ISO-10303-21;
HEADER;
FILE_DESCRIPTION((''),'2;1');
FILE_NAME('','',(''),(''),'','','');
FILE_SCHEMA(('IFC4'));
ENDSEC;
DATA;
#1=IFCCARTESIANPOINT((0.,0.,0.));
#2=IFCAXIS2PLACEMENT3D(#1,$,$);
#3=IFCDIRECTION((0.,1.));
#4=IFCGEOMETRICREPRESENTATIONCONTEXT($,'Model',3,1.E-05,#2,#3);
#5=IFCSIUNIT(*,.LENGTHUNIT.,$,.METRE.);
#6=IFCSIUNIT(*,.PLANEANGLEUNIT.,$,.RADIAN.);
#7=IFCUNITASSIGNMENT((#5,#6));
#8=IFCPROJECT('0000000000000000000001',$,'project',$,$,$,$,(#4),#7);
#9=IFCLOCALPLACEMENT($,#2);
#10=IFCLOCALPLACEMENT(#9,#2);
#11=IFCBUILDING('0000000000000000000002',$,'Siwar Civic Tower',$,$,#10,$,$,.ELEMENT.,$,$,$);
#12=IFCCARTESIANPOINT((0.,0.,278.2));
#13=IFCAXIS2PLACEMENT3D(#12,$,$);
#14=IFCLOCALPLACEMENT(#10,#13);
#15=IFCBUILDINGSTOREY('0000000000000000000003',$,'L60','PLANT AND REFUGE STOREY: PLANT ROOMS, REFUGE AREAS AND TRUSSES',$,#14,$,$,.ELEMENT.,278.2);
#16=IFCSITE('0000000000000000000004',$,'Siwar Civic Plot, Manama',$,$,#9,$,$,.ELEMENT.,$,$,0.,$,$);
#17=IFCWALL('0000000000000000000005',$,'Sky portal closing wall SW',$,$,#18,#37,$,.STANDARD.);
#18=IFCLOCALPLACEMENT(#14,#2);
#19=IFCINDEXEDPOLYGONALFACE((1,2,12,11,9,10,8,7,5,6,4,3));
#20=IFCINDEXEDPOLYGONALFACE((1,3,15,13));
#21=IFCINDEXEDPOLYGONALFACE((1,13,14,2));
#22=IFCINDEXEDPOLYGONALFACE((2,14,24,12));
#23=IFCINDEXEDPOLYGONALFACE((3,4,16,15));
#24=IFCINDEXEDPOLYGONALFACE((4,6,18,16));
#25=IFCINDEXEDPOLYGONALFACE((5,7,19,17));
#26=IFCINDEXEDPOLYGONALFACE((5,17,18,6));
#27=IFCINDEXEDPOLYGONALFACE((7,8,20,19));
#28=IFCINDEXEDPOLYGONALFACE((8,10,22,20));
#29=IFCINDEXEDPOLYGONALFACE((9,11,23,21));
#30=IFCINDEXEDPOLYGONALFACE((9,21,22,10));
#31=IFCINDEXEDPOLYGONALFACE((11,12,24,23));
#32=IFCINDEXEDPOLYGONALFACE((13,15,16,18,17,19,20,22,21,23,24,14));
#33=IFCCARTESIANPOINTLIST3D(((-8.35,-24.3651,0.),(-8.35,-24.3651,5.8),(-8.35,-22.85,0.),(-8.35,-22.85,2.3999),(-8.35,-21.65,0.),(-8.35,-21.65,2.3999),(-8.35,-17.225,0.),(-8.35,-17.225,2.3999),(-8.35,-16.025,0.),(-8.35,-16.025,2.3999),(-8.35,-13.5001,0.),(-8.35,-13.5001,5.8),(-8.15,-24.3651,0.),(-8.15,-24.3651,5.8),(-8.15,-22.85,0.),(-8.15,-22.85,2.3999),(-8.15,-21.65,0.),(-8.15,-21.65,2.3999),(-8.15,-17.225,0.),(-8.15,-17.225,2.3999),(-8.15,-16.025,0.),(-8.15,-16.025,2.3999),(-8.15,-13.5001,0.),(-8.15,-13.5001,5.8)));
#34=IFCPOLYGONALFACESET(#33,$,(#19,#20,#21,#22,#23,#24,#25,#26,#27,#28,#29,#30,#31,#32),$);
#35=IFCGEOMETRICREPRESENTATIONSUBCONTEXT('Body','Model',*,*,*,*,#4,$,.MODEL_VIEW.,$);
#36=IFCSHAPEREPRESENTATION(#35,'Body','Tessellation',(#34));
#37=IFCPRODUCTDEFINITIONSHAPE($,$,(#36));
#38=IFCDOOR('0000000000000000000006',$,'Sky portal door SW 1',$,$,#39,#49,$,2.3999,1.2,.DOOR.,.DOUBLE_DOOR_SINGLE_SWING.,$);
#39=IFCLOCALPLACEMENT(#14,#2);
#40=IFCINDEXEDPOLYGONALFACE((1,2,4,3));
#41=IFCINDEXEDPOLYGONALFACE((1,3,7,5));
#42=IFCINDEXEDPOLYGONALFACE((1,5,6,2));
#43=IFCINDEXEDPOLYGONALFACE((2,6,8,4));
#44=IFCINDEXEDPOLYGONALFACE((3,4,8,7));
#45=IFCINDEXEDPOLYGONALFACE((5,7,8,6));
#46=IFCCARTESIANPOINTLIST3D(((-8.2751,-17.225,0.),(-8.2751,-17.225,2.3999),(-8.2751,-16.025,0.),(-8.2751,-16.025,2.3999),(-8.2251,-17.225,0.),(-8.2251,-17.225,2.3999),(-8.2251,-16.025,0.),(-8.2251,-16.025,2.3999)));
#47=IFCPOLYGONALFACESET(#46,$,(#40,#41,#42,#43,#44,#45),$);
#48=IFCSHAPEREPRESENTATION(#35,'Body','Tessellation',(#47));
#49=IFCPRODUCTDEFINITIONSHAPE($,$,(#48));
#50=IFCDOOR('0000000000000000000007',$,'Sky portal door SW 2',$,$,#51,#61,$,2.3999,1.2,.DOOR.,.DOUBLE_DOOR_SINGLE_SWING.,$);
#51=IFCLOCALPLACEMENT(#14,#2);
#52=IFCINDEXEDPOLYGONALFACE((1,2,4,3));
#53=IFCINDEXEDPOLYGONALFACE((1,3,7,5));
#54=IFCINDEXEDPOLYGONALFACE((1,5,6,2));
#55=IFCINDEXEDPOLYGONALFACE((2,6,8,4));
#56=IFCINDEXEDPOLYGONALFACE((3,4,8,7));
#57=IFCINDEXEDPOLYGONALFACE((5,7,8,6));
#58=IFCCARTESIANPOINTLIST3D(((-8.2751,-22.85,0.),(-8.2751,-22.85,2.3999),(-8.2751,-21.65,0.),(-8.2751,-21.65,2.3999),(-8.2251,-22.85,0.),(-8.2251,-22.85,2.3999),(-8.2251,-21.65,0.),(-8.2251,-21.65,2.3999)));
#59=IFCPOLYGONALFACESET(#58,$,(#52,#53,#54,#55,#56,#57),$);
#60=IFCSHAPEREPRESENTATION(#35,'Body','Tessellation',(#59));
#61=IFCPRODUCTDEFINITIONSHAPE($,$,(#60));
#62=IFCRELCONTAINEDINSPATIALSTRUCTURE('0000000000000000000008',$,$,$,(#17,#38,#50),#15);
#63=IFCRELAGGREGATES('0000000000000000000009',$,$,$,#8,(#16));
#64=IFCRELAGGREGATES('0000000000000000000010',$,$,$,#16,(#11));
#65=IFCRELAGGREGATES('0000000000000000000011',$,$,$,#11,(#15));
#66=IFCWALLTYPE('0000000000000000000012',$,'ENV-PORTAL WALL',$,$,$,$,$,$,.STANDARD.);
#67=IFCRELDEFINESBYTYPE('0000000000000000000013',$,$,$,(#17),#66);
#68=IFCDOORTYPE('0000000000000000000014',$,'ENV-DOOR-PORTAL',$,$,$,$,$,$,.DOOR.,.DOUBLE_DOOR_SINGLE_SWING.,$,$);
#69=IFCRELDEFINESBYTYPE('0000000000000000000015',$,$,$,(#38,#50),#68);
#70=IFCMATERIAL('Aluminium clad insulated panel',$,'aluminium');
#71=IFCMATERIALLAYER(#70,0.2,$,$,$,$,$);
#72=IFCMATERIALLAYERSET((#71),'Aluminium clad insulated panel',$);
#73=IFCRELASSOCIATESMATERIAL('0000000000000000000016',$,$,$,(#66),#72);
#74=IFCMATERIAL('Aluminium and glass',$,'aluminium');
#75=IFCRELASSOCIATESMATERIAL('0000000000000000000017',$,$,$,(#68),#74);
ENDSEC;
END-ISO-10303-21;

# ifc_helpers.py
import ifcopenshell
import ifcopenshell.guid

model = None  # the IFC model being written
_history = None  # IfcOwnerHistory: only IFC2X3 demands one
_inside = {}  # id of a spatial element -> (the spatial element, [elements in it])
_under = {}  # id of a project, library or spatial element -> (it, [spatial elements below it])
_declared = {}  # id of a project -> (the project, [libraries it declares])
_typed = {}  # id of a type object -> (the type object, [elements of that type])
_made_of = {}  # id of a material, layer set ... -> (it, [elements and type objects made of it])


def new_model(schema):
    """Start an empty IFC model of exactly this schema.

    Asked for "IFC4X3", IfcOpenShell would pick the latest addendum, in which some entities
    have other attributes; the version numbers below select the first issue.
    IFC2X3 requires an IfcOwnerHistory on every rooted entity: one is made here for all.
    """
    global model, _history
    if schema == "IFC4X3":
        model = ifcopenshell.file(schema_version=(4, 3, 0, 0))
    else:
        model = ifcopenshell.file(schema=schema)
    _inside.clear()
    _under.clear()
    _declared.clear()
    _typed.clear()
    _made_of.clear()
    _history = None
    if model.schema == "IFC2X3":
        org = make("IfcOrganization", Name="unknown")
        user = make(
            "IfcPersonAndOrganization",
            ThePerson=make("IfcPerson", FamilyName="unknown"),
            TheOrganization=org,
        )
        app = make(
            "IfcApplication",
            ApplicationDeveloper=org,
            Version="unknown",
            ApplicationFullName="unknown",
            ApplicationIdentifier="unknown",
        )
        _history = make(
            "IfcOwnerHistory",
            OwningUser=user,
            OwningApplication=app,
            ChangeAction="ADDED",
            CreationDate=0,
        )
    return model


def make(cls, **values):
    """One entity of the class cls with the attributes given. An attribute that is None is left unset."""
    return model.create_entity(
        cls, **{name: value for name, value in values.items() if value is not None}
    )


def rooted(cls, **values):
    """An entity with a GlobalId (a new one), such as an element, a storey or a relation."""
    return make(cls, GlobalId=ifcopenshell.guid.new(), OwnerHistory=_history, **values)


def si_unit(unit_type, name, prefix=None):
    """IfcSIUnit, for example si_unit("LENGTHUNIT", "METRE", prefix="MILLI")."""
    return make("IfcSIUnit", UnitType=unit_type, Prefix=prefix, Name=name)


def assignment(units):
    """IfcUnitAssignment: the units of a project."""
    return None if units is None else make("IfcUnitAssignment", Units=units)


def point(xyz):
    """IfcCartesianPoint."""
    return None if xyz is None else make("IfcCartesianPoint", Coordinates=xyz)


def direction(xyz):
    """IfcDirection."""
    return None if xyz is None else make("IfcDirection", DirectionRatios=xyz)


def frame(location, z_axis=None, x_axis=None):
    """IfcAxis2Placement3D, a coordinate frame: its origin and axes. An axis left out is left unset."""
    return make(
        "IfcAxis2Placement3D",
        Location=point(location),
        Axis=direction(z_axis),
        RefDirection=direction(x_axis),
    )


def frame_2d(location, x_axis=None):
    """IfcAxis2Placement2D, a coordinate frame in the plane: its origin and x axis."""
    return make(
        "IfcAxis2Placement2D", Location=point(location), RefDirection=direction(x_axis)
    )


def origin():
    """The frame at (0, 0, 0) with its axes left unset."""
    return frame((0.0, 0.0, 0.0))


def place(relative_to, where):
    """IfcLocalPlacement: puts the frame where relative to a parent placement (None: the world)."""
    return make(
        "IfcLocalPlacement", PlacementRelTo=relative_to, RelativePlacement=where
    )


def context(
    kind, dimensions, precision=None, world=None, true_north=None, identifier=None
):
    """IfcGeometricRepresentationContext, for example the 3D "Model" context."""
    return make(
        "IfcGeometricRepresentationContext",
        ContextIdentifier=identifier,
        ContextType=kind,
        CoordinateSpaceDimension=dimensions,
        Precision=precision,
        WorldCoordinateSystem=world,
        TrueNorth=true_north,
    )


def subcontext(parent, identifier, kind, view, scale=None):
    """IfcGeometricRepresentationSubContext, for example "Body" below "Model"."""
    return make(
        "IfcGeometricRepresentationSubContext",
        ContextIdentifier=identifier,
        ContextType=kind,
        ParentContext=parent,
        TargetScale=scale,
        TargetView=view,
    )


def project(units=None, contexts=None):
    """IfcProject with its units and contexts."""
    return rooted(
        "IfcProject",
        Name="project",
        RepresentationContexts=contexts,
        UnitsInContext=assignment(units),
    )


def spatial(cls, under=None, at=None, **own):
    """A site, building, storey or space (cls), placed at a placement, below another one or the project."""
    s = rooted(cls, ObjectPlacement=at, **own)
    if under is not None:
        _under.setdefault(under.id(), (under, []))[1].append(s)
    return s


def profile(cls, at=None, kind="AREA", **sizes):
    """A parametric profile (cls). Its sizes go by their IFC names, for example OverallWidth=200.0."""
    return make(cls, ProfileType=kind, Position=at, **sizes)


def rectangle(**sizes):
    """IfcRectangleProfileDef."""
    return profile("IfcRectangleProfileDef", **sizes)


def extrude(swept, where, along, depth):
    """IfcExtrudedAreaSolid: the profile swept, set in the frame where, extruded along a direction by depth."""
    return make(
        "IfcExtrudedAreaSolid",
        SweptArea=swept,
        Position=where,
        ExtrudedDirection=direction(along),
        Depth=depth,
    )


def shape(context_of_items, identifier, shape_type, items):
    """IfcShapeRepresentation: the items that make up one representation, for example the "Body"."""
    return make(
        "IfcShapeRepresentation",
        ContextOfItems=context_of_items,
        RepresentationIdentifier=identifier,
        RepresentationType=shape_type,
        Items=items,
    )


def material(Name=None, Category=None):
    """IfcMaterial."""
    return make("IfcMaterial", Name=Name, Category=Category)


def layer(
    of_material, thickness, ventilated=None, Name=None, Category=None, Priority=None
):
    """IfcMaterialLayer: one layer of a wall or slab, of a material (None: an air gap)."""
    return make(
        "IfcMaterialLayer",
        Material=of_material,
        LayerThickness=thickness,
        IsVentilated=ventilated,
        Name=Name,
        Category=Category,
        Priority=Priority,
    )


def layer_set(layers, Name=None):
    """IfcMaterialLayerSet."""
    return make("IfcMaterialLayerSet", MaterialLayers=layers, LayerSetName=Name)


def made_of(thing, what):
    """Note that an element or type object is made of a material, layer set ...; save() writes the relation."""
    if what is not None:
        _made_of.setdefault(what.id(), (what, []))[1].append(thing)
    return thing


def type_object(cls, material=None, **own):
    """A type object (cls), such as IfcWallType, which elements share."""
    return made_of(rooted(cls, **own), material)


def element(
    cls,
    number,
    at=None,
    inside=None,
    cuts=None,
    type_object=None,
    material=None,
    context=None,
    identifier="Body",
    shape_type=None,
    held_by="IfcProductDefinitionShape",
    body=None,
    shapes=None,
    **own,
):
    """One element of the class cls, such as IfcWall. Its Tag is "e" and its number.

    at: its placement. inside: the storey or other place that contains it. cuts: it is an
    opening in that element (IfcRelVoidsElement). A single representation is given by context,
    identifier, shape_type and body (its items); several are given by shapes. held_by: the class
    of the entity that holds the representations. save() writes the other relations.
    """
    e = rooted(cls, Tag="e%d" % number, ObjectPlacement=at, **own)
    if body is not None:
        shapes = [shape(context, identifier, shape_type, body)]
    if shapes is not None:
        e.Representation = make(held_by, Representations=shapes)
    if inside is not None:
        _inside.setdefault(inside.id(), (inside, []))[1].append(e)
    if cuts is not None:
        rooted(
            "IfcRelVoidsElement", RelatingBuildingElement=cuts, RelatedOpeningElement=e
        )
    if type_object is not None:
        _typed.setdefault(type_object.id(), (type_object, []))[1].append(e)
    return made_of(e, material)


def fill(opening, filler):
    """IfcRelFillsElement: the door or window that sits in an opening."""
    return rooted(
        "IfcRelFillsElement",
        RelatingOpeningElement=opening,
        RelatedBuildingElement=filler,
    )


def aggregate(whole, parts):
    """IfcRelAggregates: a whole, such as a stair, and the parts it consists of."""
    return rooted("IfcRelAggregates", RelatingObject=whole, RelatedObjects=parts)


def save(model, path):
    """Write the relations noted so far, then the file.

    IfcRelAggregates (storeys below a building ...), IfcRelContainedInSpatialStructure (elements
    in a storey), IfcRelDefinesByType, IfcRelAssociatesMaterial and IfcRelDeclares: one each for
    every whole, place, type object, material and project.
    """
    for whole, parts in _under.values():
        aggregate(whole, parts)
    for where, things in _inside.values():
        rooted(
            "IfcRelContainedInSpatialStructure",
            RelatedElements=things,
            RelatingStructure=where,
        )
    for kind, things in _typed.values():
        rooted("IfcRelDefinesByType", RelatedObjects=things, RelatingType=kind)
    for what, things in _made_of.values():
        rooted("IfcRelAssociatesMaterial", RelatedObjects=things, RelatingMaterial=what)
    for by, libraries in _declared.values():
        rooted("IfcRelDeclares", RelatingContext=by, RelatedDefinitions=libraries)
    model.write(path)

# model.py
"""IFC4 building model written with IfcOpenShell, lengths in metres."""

from ifc_helpers import new_model, si_unit, direction, frame, frame_2d, origin, place, context, subcontext, project, spatial, rectangle, extrude, material, layer, layer_set, type_object, element, fill, save


model = new_model("IFC4")

# Units and contexts
model_context = context("Model", 3, precision=1e-05, world=origin(), true_north=direction((0.0, 1.0)))
body_context = subcontext(model_context, "Body", "Model", "MODEL_VIEW")
ifc_project = project(units=[si_unit("LENGTHUNIT", "METRE"), si_unit("PLANEANGLEUNIT", "RADIAN")], contexts=[model_context])

# Site, building, storey
site_placement = place(None, origin())
site = spatial("IfcSite", under=ifc_project, at=site_placement, Name="Siwar Civic Plot, Manama", CompositionType="ELEMENT", RefElevation=0.0)
building_placement = place(site_placement, origin())
building = spatial("IfcBuilding", under=site, at=building_placement, Name="Siwar Civic Tower", CompositionType="ELEMENT")
storey_placement = place(building_placement, frame((0.0, 0.0, 278.2)))
storey = spatial("IfcBuildingStorey", under=building, at=storey_placement, Name="L60", Description="PLANT AND REFUGE STOREY: PLANT ROOMS, REFUGE AREAS AND TRUSSES", CompositionType="ELEMENT", Elevation=278.2)

# Wall, openings, doors
ifc_material_1 = material(Name="Aluminium clad insulated panel", Category="aluminium")
ifc_layer_1 = layer(ifc_material_1, 0.2)
ifc_layer_set_1 = layer_set([ifc_layer_1], Name="Aluminium clad insulated panel")
wall_type_1 = type_object("IfcWallType", Name="ENV-PORTAL WALL", PredefinedType="STANDARD", material=ifc_layer_set_1)
wall_1_placement = place(storey_placement, frame((-8.25, -13.5, 0.0), z_axis=(0.0, 0.0, 1.0), x_axis=(0.0, -1.0, 0.0)))
wall_1 = element("IfcWall", 1, at=wall_1_placement, inside=storey, type_object=wall_type_1, Name="Sky portal closing wall SW", PredefinedType="STANDARD", context=body_context, shape_type="SweptSolid", body=[
    extrude(rectangle(XDim=10.865, YDim=0.2, at=frame_2d((5.4326, 0.0))), origin(), (0.0, 0.0, 1.0), 5.8),
])
opening_1_placement = place(wall_1_placement, frame((2.5249, 0.0, 0.0)))
opening_1 = element("IfcOpeningElement", 2, at=opening_1_placement, cuts=wall_1, PredefinedType="OPENING", context=body_context, shape_type="SweptSolid", body=[
    extrude(rectangle(XDim=1.2, YDim=2.3999, at=frame_2d((0.6001, 1.2))), frame((0.0, 0.1099, 0.0), z_axis=(0.0, -1.0, 0.0), x_axis=(1.0, 0.0, 0.0)), (0.0, 0.0, 1.0), 0.22),
])
opening_2_placement = place(wall_1_placement, frame((8.1499, 0.0, 0.0)))
opening_2 = element("IfcOpeningElement", 3, at=opening_2_placement, cuts=wall_1, PredefinedType="OPENING", context=body_context, shape_type="SweptSolid", body=[
    extrude(rectangle(XDim=1.2, YDim=2.3999, at=frame_2d((0.6001, 1.2))), frame((0.0, 0.1099, 0.0), z_axis=(0.0, -1.0, 0.0), x_axis=(1.0, 0.0, 0.0)), (0.0, 0.0, 1.0), 0.22),
])
ifc_material_2 = material(Name="Aluminium and glass", Category="aluminium")
door_type = type_object("IfcDoorType", Name="ENV-DOOR-PORTAL", OperationType="DOUBLE_DOOR_SINGLE_SWING", PredefinedType="DOOR", material=ifc_material_2)
door_1_placement = place(opening_1_placement, origin())
door_1 = element("IfcDoor", 4, at=door_1_placement, inside=storey, type_object=door_type, Name="Sky portal door SW 1", OperationType="DOUBLE_DOOR_SINGLE_SWING", OverallHeight=2.3999, OverallWidth=1.2, PredefinedType="DOOR", context=body_context, shape_type="SweptSolid", body=[
    extrude(rectangle(XDim=1.2, YDim=2.3999, at=frame_2d((0.6001, 1.2))), frame((0.0, 0.0249, 0.0), z_axis=(0.0, -1.0, 0.0), x_axis=(1.0, 0.0, 0.0)), (0.0, 0.0, 1.0), 0.05),
])
fill(opening_1, door_1)
door_2_placement = place(opening_2_placement, origin())
door_2 = element("IfcDoor", 5, at=door_2_placement, inside=storey, type_object=door_type, Name="Sky portal door SW 2", OperationType="DOUBLE_DOOR_SINGLE_SWING", OverallHeight=2.3999, OverallWidth=1.2, PredefinedType="DOOR", context=body_context, shape_type="SweptSolid", body=[
    extrude(rectangle(XDim=1.2, YDim=2.3999, at=frame_2d((0.6001, 1.2))), frame((0.0, 0.0249, 0.0), z_axis=(0.0, -1.0, 0.0), x_axis=(1.0, 0.0, 0.0)), (0.0, 0.0, 1.0), 0.05),
])
fill(opening_2, door_2)

save(model, "model.ifc")
